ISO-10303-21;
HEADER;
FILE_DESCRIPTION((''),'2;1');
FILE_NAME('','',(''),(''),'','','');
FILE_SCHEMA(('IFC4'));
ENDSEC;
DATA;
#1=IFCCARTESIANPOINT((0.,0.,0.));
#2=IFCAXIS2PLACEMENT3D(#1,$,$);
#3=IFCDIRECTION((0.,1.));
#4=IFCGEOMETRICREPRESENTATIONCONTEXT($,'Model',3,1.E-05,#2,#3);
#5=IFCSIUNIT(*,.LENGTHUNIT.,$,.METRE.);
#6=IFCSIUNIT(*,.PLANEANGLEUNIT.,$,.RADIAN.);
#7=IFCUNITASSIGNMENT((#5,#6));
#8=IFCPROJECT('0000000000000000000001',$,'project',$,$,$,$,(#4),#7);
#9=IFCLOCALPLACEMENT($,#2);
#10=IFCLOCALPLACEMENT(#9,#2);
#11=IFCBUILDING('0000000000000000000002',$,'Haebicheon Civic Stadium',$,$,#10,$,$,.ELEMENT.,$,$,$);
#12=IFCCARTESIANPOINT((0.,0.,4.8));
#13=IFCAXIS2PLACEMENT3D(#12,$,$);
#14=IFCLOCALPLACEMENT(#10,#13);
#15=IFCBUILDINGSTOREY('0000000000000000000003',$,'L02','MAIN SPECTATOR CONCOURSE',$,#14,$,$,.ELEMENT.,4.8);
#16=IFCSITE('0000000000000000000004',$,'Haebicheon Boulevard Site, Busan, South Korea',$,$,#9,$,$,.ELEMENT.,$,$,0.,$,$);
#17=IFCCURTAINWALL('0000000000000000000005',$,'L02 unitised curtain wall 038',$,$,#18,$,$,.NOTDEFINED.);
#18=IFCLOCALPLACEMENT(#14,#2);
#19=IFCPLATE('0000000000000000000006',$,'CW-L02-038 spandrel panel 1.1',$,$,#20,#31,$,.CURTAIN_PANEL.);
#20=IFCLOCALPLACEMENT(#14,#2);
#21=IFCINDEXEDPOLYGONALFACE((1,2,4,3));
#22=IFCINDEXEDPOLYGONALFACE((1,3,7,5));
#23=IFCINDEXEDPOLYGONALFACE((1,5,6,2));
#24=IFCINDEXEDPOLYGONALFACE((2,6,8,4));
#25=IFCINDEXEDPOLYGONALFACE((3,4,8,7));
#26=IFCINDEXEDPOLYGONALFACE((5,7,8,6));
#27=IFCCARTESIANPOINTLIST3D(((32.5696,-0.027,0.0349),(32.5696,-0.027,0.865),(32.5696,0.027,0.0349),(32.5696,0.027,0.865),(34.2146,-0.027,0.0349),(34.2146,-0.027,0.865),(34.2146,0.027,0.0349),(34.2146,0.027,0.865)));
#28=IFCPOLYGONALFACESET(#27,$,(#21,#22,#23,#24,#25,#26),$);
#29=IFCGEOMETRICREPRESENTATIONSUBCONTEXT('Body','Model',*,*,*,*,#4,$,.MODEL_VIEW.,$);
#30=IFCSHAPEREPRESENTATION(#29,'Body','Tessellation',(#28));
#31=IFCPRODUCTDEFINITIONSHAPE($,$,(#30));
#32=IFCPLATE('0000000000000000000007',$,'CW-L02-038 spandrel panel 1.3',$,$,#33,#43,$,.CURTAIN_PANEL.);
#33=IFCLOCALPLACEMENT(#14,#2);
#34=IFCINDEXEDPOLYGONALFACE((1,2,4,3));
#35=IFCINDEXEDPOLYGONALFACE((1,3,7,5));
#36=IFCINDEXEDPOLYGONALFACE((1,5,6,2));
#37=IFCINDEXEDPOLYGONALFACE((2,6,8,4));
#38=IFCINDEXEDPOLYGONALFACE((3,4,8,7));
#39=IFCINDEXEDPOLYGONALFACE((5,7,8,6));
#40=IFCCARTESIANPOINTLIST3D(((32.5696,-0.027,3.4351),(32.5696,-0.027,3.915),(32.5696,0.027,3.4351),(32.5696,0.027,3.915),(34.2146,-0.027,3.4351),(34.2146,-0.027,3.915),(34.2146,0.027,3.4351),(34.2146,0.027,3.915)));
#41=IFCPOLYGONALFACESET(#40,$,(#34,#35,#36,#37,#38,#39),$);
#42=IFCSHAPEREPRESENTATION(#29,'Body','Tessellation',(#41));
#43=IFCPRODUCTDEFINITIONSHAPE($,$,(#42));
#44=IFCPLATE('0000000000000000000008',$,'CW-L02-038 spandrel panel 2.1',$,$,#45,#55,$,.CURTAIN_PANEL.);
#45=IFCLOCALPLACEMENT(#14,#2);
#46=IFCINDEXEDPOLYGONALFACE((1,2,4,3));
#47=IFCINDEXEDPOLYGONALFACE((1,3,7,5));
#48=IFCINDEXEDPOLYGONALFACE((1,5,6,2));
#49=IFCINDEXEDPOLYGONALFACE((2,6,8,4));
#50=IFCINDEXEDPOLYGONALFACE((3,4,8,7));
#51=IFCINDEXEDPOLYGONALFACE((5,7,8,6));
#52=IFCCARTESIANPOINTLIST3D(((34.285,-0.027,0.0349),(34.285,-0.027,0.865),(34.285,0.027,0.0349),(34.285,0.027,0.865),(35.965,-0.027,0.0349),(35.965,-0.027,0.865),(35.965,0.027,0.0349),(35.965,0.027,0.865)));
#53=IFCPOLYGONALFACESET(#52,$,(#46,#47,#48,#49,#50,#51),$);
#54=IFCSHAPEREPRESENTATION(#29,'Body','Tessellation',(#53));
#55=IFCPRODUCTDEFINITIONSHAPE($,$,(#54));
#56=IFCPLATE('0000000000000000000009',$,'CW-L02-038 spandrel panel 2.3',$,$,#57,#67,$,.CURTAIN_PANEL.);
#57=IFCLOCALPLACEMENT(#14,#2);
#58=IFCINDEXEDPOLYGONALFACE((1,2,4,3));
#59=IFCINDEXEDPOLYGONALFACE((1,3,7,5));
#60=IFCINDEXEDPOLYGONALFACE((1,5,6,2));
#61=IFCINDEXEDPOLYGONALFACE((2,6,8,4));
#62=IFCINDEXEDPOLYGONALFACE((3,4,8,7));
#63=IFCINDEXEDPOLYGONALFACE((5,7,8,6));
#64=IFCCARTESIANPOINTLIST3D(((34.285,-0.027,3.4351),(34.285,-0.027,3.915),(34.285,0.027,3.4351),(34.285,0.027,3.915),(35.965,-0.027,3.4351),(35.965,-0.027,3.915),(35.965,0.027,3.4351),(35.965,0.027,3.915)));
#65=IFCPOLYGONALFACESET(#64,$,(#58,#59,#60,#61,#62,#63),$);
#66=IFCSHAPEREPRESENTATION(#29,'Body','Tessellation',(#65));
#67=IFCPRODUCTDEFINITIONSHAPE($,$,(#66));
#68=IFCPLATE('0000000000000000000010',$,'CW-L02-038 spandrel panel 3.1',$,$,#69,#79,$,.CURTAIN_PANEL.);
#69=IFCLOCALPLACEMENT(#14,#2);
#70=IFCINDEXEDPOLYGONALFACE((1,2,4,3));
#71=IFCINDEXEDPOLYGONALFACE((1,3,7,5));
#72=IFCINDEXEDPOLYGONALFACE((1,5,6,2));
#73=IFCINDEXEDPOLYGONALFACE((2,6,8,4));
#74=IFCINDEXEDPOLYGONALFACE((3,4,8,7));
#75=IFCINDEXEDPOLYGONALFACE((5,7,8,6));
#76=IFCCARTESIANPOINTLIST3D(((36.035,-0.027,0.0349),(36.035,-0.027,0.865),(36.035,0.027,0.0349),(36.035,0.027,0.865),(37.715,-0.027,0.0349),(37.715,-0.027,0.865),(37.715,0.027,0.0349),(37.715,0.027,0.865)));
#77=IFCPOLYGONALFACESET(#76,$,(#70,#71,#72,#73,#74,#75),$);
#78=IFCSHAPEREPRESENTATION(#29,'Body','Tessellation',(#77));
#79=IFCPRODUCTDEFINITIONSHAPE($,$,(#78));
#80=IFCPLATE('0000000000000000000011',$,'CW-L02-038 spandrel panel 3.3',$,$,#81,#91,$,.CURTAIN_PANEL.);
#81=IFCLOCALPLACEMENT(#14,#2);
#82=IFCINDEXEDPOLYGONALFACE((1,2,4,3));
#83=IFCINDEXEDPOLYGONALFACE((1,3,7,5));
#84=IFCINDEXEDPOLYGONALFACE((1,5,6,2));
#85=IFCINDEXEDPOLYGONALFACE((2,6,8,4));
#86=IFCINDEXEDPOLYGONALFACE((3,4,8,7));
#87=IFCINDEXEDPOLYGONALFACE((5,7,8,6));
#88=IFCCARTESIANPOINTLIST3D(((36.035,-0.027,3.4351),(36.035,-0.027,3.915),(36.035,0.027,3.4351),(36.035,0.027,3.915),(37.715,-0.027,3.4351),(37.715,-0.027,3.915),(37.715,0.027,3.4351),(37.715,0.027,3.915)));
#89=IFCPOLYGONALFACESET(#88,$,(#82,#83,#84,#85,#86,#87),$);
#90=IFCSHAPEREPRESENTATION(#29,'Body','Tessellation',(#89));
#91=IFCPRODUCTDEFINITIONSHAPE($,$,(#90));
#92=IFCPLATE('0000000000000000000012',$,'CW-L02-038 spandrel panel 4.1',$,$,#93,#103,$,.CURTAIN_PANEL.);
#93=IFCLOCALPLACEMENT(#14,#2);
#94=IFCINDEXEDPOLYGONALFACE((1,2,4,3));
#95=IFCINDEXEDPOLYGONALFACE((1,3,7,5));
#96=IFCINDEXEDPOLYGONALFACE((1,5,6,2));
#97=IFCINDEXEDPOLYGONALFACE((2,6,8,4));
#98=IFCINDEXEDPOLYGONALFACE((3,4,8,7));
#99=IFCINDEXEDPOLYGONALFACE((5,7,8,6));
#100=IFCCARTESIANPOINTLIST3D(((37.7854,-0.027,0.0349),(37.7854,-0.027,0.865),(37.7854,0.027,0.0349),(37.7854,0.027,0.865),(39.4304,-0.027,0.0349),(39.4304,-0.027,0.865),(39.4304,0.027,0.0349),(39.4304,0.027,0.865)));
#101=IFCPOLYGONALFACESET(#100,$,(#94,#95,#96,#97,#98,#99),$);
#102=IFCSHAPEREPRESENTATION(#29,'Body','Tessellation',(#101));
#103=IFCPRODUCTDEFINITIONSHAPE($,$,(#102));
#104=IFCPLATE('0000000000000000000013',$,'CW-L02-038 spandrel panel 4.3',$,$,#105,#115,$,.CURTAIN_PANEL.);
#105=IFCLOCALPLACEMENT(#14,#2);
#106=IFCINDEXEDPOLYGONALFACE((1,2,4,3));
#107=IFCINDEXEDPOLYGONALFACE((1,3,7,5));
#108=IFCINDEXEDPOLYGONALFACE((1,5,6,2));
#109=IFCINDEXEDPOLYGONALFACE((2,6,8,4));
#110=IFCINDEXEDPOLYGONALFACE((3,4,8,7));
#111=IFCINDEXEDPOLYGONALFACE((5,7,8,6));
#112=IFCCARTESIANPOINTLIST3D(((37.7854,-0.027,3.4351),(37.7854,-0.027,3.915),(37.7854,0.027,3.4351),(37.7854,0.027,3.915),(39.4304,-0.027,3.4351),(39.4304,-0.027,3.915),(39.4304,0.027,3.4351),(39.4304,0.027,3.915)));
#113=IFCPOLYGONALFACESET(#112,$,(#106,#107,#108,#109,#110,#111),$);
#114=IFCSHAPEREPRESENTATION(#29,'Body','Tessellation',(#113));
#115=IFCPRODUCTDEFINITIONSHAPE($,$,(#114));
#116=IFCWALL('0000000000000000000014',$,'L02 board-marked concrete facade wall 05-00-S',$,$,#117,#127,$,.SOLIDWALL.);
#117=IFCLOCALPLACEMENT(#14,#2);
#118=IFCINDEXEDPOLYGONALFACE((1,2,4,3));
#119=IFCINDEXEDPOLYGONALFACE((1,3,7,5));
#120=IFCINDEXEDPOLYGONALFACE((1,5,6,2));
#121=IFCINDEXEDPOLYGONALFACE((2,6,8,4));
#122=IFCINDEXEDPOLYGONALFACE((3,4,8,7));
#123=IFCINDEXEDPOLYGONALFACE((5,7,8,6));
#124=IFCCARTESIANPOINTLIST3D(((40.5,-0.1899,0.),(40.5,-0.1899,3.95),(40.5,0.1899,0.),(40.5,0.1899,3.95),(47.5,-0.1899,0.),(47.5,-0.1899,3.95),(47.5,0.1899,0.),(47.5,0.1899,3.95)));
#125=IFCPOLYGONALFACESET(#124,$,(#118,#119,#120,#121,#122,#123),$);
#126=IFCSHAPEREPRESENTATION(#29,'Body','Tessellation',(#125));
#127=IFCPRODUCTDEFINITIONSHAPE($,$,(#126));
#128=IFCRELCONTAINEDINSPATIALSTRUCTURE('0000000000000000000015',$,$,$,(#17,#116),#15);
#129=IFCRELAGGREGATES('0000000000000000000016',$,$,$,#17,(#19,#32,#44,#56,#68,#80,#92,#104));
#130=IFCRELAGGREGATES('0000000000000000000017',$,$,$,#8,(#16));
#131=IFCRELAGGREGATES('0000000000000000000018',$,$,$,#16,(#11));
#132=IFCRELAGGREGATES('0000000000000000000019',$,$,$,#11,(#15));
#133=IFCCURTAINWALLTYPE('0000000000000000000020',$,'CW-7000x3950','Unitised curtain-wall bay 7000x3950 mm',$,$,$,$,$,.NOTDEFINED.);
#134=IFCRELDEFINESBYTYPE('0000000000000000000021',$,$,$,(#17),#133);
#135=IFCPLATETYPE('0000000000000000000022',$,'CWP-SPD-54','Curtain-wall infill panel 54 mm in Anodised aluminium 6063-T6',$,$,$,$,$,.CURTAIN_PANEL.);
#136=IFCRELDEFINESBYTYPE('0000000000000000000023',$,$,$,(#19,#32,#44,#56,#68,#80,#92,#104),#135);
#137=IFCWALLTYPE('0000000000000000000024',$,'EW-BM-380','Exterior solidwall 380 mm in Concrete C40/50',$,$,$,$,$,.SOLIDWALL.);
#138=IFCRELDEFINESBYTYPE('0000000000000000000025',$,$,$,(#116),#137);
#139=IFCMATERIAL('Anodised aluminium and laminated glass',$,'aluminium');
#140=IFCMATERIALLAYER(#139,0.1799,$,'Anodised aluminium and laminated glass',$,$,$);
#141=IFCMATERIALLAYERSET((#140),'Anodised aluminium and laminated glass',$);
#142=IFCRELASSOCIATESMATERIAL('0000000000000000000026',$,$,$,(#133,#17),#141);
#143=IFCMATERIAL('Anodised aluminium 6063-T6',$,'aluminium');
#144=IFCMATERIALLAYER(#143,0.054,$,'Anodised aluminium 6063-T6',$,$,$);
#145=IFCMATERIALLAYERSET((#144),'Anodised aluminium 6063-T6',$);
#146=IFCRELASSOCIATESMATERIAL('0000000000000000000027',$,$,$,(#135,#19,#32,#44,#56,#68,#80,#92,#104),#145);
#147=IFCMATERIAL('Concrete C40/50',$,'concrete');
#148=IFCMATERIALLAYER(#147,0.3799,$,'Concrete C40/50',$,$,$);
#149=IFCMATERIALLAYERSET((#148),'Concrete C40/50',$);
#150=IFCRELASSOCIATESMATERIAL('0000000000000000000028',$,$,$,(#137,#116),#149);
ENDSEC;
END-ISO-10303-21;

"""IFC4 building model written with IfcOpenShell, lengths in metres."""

from ifc_helpers import new_model, si_unit, direction, frame, frame_2d, origin, origin_2d, place, context, subcontext, project, spatial, rectangle, extrude, material, layer, layer_set, type_object, element, aggregate, save


model = new_model("IFC4")

# Units and contexts
model_context = context("Model", 3, precision=1e-05, world=origin(), true_north=direction((0.0, 1.0)))
body_context = subcontext(model_context, "Body", "Model", "MODEL_VIEW")
ifc_project = project(units=[si_unit("LENGTHUNIT", "METRE"), si_unit("PLANEANGLEUNIT", "RADIAN")], contexts=[model_context])

# Site, building, storey
site_placement = place(None, origin())
site = spatial("IfcSite", under=ifc_project, at=site_placement, Name="Haebicheon Boulevard Site, Busan, South Korea", CompositionType="ELEMENT", RefElevation=0.0)
building_placement = place(site_placement, origin())
building = spatial("IfcBuilding", under=site, at=building_placement, Name="Haebicheon Civic Stadium", CompositionType="ELEMENT")
storey_placement = place(building_placement, frame((0.0, 0.0, 4.8)))
storey = spatial("IfcBuildingStorey", under=building, at=storey_placement, Name="L02", Description="MAIN SPECTATOR CONCOURSE", CompositionType="ELEMENT", Elevation=4.8)

# Curtain wall
ifc_material_1 = material(Name="Anodised aluminium and laminated glass", Category="aluminium")
ifc_layer_1 = layer(ifc_material_1, 0.1799, Name="Anodised aluminium and laminated glass")
ifc_layer_set_1 = layer_set([ifc_layer_1], Name="Anodised aluminium and laminated glass")
curtain_wall_type = type_object("IfcCurtainWallType", Name="CW-7000x3950", Description="Unitised curtain-wall bay 7000x3950 mm", PredefinedType="NOTDEFINED", material=ifc_layer_set_1)
curtain_wall_placement = place(storey_placement, origin())
curtain_wall = element("IfcCurtainWall", 1, at=curtain_wall_placement, inside=storey, type_object=curtain_wall_type, material=ifc_layer_set_1, Name="L02 unitised curtain wall 038", PredefinedType="NOTDEFINED")

# Plates
ifc_material_2 = material(Name="Anodised aluminium 6063-T6", Category="aluminium")
ifc_layer_2 = layer(ifc_material_2, 0.054, Name="Anodised aluminium 6063-T6")
ifc_layer_set_2 = layer_set([ifc_layer_2], Name="Anodised aluminium 6063-T6")
plate_type_1 = type_object("IfcPlateType", Name="CWP-SPD-54", Description="Curtain-wall infill panel 54 mm in Anodised aluminium 6063-T6", PredefinedType="CURTAIN_PANEL", material=ifc_layer_set_2)
plate_1_placement = place(storey_placement, frame((33.3921, 0.0, 0.0349), z_axis=(0.0, 0.0, 1.0), x_axis=(1.0, 0.0, 0.0)))
plate_1 = element("IfcPlate", 2, at=plate_1_placement, type_object=plate_type_1, material=ifc_layer_set_2, Name="CW-L02-038 spandrel panel 1.1", PredefinedType="CURTAIN_PANEL", context=body_context, shape_type="SweptSolid", body=[
    extrude(rectangle(XDim=1.645, YDim=0.054, at=origin_2d()), origin(), (0.0, 0.0, 1.0), 0.8301),
])
plate_2_placement = place(storey_placement, frame((33.3921, 0.0, 3.4351), z_axis=(0.0, 0.0, 1.0), x_axis=(1.0, 0.0, 0.0)))
plate_2 = element("IfcPlate", 3, at=plate_2_placement, type_object=plate_type_1, material=ifc_layer_set_2, Name="CW-L02-038 spandrel panel 1.3", PredefinedType="CURTAIN_PANEL", context=body_context, shape_type="SweptSolid", body=[
    extrude(rectangle(XDim=1.645, YDim=0.054, at=origin_2d()), origin(), (0.0, 0.0, 1.0), 0.48),
])
plate_3_placement = place(storey_placement, frame((35.125, 0.0, 0.0349), z_axis=(0.0, 0.0, 1.0), x_axis=(1.0, 0.0, 0.0)))
plate_3 = element("IfcPlate", 4, at=plate_3_placement, type_object=plate_type_1, material=ifc_layer_set_2, Name="CW-L02-038 spandrel panel 2.1", PredefinedType="CURTAIN_PANEL", context=body_context, shape_type="SweptSolid", body=[
    extrude(rectangle(XDim=1.6799, YDim=0.054, at=origin_2d()), origin(), (0.0, 0.0, 1.0), 0.8301),
])
plate_4_placement = place(storey_placement, frame((35.125, 0.0, 3.4351), z_axis=(0.0, 0.0, 1.0), x_axis=(1.0, 0.0, 0.0)))
plate_4 = element("IfcPlate", 5, at=plate_4_placement, type_object=plate_type_1, material=ifc_layer_set_2, Name="CW-L02-038 spandrel panel 2.3", PredefinedType="CURTAIN_PANEL", context=body_context, shape_type="SweptSolid", body=[
    extrude(rectangle(XDim=1.6799, YDim=0.054, at=origin_2d()), origin(), (0.0, 0.0, 1.0), 0.48),
])
plate_5_placement = place(storey_placement, frame((36.875, 0.0, 0.0349), z_axis=(0.0, 0.0, 1.0), x_axis=(1.0, 0.0, 0.0)))
plate_5 = element("IfcPlate", 6, at=plate_5_placement, type_object=plate_type_1, material=ifc_layer_set_2, Name="CW-L02-038 spandrel panel 3.1", PredefinedType="CURTAIN_PANEL", context=body_context, shape_type="SweptSolid", body=[
    extrude(rectangle(XDim=1.6799, YDim=0.054, at=origin_2d()), origin(), (0.0, 0.0, 1.0), 0.8301),
])
plate_6_placement = place(storey_placement, frame((36.875, 0.0, 3.4351), z_axis=(0.0, 0.0, 1.0), x_axis=(1.0, 0.0, 0.0)))
plate_6 = element("IfcPlate", 7, at=plate_6_placement, type_object=plate_type_1, material=ifc_layer_set_2, Name="CW-L02-038 spandrel panel 3.3", PredefinedType="CURTAIN_PANEL", context=body_context, shape_type="SweptSolid", body=[
    extrude(rectangle(XDim=1.6799, YDim=0.054, at=origin_2d()), origin(), (0.0, 0.0, 1.0), 0.48),
])
plate_7_placement = place(storey_placement, frame((38.6079, 0.0, 0.0349), z_axis=(0.0, 0.0, 1.0), x_axis=(1.0, 0.0, 0.0)))
plate_7 = element("IfcPlate", 8, at=plate_7_placement, type_object=plate_type_1, material=ifc_layer_set_2, Name="CW-L02-038 spandrel panel 4.1", PredefinedType="CURTAIN_PANEL", context=body_context, shape_type="SweptSolid", body=[
    extrude(rectangle(XDim=1.645, YDim=0.054, at=origin_2d()), origin(), (0.0, 0.0, 1.0), 0.8301),
])
plate_8_placement = place(storey_placement, frame((38.6079, 0.0, 3.4351), z_axis=(0.0, 0.0, 1.0), x_axis=(1.0, 0.0, 0.0)))
plate_8 = element("IfcPlate", 9, at=plate_8_placement, type_object=plate_type_1, material=ifc_layer_set_2, Name="CW-L02-038 spandrel panel 4.3", PredefinedType="CURTAIN_PANEL", context=body_context, shape_type="SweptSolid", body=[
    extrude(rectangle(XDim=1.645, YDim=0.054, at=origin_2d()), origin(), (0.0, 0.0, 1.0), 0.48),
])
aggregate(curtain_wall, [plate_1, plate_2, plate_3, plate_4, plate_5, plate_6, plate_7, plate_8])

# Wall
ifc_material_3 = material(Name="Concrete C40/50", Category="concrete")
ifc_layer_3 = layer(ifc_material_3, 0.3799, Name="Concrete C40/50")
ifc_layer_set_3 = layer_set([ifc_layer_3], Name="Concrete C40/50")
wall_type = type_object("IfcWallType", Name="EW-BM-380", Description="Exterior solidwall 380 mm in Concrete C40/50", PredefinedType="SOLIDWALL", material=ifc_layer_set_3)
wall_placement = place(storey_placement, frame((40.5, 0.0, 0.0), z_axis=(0.0, 0.0, 1.0), x_axis=(1.0, 0.0, 0.0)))
element("IfcWall", 10, at=wall_placement, inside=storey, type_object=wall_type, material=ifc_layer_set_3, Name="L02 board-marked concrete facade wall 05-00-S", PredefinedType="SOLIDWALL", context=body_context, shape_type="SweptSolid", body=[
    extrude(rectangle(XDim=7.0, YDim=0.3799, at=frame_2d((3.5, 0.0))), origin(), (0.0, 0.0, 1.0), 3.95),
])

save(model, "model.ifc")
